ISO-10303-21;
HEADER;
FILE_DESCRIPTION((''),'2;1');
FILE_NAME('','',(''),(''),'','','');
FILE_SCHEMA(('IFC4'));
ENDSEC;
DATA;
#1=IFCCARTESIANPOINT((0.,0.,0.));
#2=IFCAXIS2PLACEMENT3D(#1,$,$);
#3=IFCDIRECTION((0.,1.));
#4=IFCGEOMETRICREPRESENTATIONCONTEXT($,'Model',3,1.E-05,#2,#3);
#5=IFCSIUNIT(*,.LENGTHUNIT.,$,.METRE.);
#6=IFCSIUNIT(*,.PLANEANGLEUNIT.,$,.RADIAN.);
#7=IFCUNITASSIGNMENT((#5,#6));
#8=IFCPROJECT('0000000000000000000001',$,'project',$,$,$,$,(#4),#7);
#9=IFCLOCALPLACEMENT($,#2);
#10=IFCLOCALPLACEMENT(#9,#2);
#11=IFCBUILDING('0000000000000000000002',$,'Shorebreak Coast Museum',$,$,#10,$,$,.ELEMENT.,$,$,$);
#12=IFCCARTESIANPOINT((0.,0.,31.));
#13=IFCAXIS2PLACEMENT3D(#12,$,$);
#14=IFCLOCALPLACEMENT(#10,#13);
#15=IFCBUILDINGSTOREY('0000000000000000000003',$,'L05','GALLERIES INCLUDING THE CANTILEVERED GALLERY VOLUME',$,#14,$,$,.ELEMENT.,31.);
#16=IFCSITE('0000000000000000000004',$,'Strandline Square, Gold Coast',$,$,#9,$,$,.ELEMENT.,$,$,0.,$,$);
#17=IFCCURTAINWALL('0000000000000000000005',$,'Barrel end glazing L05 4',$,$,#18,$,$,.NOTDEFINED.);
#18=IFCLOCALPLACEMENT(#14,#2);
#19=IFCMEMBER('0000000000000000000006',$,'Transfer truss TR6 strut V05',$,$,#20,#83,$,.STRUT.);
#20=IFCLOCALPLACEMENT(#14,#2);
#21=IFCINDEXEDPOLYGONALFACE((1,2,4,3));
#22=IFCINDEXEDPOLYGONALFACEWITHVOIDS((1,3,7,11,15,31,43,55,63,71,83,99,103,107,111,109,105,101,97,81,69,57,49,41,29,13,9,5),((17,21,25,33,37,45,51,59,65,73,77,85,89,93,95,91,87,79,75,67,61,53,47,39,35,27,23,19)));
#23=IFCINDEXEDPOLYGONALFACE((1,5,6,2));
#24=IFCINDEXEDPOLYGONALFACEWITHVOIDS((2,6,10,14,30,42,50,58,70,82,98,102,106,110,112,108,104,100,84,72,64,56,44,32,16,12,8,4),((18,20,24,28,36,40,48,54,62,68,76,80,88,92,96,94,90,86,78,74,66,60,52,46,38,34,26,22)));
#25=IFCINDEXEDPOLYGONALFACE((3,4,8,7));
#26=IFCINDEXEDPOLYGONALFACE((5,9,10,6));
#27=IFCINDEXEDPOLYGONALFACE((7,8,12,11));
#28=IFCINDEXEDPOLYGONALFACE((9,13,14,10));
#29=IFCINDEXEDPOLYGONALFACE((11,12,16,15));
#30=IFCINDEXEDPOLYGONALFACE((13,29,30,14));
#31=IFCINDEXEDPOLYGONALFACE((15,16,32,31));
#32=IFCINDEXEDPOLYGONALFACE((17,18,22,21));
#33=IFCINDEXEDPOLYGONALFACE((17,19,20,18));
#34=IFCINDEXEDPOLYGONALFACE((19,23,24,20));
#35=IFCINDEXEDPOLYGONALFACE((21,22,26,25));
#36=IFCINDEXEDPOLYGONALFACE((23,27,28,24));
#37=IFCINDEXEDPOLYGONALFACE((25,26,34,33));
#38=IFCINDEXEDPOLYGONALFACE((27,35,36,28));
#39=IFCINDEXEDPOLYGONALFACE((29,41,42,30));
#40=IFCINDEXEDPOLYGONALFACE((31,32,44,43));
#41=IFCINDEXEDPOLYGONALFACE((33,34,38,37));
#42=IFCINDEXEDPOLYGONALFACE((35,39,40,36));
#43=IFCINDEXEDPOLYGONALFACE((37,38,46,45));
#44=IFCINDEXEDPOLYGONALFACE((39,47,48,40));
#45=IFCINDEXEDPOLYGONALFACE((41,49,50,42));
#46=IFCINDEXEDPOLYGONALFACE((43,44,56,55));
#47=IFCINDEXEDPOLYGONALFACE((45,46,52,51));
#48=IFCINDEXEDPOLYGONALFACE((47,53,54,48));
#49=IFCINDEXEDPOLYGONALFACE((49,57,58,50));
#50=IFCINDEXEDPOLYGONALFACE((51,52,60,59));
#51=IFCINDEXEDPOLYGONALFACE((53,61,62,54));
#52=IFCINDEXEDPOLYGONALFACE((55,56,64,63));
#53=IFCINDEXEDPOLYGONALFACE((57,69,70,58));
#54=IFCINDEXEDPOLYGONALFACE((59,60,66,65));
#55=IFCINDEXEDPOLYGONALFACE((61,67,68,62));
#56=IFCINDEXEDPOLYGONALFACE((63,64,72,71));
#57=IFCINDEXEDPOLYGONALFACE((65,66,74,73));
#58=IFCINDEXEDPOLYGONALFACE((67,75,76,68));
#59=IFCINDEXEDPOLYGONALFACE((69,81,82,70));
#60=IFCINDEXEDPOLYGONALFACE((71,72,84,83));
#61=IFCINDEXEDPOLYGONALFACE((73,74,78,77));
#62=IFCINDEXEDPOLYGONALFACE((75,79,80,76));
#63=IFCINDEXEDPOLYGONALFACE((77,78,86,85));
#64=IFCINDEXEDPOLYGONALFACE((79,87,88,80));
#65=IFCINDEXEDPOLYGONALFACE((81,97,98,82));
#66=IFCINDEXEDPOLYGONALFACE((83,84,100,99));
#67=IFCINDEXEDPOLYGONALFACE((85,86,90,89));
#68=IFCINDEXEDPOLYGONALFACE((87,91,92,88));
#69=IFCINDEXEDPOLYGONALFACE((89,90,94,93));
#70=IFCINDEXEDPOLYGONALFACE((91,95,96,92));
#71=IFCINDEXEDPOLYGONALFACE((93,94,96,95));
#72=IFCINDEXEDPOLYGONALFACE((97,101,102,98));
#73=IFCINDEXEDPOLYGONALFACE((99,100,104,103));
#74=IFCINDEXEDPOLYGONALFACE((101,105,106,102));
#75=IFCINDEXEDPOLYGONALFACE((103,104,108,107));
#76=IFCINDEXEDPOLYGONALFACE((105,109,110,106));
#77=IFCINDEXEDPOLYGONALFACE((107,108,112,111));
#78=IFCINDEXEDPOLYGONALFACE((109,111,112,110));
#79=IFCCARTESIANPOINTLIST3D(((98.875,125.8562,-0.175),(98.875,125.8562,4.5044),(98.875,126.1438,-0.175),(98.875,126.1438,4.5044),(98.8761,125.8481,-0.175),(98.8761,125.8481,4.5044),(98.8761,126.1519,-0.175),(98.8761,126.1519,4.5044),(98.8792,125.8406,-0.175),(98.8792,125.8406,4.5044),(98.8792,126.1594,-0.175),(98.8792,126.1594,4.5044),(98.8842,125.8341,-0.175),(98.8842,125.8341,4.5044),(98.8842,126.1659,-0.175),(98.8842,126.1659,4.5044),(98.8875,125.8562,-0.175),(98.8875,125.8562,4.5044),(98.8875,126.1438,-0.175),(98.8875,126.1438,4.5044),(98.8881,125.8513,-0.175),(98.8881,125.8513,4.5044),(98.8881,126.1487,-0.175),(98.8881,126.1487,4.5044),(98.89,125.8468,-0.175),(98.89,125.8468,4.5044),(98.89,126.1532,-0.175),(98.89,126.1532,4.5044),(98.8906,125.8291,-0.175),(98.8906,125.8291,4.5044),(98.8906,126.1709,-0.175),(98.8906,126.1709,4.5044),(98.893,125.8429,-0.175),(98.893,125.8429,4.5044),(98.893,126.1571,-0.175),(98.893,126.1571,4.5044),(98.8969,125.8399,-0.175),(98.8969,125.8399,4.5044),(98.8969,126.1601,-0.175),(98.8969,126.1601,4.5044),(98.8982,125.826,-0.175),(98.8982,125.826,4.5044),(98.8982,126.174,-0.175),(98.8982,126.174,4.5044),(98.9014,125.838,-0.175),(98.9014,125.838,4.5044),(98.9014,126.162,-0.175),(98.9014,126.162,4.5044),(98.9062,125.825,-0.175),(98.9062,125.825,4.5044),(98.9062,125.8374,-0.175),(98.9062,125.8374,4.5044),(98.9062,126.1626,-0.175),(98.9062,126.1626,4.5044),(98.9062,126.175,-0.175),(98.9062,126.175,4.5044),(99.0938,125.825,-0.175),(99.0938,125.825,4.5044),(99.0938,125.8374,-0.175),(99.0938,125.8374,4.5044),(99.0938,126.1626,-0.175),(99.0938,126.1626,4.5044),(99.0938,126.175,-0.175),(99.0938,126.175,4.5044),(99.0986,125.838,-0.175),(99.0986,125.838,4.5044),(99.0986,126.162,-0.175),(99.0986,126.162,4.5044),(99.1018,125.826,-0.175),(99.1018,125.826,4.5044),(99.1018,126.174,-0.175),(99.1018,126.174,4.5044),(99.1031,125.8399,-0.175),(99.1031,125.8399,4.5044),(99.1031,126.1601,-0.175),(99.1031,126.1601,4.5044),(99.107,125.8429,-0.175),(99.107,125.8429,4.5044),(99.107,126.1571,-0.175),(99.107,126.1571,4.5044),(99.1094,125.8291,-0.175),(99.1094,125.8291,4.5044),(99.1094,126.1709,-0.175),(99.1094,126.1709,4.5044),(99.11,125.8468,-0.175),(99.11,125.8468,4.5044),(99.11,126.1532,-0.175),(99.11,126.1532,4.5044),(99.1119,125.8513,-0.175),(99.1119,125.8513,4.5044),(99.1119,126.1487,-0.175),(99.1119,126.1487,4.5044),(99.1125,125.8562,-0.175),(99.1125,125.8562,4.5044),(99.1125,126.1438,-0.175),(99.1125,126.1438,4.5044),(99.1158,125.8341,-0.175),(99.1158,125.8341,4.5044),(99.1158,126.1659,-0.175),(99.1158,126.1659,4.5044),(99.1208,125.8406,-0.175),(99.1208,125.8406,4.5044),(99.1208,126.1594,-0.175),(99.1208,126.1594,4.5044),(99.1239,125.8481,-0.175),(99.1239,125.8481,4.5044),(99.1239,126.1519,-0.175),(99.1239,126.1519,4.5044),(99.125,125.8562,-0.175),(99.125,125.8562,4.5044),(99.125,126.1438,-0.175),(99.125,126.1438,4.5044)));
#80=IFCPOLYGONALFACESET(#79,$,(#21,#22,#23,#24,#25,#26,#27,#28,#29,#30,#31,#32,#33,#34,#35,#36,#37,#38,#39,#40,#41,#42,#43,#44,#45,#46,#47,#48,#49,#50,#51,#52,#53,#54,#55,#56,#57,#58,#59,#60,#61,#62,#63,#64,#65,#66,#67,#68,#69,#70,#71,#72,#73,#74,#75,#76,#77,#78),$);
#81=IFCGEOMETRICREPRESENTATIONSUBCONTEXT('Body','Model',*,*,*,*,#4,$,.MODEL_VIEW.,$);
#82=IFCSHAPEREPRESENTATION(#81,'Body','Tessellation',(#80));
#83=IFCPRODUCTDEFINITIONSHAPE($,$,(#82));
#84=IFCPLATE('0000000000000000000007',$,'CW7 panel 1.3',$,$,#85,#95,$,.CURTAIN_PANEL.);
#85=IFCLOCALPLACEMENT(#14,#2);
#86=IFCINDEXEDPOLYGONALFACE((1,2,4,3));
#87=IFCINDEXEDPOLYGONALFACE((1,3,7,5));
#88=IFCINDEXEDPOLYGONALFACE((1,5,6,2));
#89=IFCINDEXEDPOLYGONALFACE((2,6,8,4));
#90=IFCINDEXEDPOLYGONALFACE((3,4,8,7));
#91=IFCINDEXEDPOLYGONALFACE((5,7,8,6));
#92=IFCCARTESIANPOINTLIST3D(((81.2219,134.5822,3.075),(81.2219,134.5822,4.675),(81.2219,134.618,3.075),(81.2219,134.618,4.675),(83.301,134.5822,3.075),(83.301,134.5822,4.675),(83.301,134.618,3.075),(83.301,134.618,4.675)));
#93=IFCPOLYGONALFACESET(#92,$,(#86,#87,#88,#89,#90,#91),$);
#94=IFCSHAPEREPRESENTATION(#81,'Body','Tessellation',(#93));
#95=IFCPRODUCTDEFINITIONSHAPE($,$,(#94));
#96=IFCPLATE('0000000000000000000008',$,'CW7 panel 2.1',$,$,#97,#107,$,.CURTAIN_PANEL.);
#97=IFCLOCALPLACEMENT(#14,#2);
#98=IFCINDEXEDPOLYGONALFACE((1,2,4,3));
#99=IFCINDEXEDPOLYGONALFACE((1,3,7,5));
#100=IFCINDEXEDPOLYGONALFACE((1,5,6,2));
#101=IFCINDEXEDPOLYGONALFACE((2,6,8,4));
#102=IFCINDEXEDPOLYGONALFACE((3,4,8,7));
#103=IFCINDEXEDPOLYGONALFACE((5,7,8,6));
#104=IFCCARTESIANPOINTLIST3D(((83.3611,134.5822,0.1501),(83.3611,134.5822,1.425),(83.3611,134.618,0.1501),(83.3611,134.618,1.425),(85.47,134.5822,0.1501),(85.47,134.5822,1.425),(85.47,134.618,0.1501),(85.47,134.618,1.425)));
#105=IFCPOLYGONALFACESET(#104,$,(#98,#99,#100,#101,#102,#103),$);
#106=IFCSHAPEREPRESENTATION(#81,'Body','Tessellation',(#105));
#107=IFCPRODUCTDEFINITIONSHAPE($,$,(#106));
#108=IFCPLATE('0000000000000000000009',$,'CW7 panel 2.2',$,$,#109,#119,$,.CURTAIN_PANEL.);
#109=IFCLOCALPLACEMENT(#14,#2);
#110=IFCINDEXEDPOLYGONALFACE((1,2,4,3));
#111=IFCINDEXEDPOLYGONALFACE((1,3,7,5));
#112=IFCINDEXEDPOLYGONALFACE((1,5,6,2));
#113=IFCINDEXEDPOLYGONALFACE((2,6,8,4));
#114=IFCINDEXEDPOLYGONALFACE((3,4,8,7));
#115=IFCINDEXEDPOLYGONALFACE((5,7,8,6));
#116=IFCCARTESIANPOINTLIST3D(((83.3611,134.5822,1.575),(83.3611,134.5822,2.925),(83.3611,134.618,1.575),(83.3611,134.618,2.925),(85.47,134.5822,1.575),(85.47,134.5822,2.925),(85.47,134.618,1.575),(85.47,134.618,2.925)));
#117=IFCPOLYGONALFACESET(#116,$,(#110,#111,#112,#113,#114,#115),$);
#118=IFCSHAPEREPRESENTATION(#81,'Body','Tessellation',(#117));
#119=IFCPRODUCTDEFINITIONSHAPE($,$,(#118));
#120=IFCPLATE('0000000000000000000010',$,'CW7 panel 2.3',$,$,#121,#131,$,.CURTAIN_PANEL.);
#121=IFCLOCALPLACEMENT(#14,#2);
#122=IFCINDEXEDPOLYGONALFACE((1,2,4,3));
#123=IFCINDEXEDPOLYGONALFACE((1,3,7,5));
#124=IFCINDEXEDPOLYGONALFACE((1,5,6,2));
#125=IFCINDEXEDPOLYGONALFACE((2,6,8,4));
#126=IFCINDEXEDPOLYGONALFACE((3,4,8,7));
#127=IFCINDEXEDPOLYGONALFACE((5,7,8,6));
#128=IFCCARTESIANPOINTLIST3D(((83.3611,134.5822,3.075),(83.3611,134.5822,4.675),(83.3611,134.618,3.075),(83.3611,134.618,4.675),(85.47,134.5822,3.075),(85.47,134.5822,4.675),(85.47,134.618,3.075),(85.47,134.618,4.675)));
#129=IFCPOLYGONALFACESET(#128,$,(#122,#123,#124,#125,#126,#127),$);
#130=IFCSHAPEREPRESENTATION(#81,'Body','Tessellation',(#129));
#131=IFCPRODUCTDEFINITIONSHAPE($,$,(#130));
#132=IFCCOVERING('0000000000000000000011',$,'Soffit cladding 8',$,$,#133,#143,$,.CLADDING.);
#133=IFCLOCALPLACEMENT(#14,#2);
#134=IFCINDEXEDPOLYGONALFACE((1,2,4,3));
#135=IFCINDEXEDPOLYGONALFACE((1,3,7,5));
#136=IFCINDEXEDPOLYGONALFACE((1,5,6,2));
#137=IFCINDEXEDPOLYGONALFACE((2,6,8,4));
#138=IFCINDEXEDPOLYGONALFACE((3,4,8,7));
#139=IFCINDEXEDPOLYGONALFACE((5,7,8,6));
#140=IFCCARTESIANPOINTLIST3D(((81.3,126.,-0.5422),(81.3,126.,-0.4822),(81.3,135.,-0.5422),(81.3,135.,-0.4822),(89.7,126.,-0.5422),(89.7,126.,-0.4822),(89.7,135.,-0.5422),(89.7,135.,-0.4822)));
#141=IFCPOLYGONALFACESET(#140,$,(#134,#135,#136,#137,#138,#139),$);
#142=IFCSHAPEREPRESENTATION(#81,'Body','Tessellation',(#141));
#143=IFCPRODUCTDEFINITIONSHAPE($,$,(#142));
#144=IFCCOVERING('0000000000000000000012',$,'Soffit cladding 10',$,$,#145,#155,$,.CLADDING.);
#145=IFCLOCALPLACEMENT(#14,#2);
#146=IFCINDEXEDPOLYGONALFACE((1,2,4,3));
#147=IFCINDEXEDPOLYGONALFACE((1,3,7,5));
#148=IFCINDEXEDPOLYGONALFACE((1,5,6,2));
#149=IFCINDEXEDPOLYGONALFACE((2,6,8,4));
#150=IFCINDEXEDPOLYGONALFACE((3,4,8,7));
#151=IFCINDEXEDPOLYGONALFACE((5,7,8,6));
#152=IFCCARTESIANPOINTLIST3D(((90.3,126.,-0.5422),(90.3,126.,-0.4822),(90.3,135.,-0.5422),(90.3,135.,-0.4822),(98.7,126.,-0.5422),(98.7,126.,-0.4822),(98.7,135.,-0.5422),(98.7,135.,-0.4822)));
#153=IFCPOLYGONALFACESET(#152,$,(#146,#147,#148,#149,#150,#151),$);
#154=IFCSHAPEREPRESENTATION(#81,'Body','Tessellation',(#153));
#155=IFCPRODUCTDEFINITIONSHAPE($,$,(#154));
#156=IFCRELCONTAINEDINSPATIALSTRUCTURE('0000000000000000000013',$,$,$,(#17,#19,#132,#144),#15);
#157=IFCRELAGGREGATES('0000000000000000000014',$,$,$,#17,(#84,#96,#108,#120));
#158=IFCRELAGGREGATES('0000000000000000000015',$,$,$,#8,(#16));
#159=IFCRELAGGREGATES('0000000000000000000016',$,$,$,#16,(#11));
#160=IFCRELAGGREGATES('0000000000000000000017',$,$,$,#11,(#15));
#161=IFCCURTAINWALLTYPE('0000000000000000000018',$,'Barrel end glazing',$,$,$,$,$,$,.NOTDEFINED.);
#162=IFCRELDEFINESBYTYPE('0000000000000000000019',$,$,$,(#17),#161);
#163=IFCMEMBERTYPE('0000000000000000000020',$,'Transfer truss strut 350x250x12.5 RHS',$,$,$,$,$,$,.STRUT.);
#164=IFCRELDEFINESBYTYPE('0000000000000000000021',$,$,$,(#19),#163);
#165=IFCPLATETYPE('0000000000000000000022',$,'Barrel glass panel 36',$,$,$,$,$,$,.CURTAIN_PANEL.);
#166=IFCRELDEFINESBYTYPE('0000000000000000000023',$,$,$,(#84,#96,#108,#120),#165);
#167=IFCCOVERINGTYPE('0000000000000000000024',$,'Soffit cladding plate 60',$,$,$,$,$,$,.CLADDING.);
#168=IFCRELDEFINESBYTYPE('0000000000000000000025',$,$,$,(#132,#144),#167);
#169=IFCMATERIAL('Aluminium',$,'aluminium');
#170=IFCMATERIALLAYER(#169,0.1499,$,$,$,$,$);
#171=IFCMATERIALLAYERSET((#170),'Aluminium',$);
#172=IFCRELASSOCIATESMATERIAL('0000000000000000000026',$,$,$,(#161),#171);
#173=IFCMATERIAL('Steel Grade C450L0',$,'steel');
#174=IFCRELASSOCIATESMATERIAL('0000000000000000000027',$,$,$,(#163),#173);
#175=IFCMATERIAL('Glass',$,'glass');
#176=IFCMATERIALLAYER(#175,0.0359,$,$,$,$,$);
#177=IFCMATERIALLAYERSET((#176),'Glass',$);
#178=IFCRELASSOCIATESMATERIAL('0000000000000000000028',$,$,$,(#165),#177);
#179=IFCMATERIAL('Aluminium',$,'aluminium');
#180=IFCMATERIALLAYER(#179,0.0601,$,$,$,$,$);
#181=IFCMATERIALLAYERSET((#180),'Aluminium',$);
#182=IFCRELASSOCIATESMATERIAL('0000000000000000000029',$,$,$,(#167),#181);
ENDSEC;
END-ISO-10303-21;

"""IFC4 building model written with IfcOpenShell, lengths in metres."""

from ifc_helpers import new_model, si_unit, direction, frame, origin, origin_2d, place, context, subcontext, project, spatial, rectangle, hollow_rectangle, extrude, material, layer, layer_set, material_profile, profile_set, type_object, element, aggregate, save


model = new_model("IFC4")

# Units and contexts
model_context = context("Model", 3, precision=1e-05, world=origin(), true_north=direction((0.0, 1.0)))
body_context = subcontext(model_context, "Body", "Model", "MODEL_VIEW")
ifc_project = project(units=[si_unit("LENGTHUNIT", "METRE"), si_unit("PLANEANGLEUNIT", "RADIAN")], contexts=[model_context])

# Site, building, storey
site_placement = place(None, origin())
site = spatial("IfcSite", under=ifc_project, at=site_placement, Name="Strandline Square, Gold Coast", CompositionType="ELEMENT", RefElevation=0.0)
building_placement = place(site_placement, origin())
building = spatial("IfcBuilding", under=site, at=building_placement, Name="Shorebreak Coast Museum", CompositionType="ELEMENT")
storey_placement = place(building_placement, frame((0.0, 0.0, 31.0)))
storey = spatial("IfcBuildingStorey", under=building, at=storey_placement, Name="L05", Description="GALLERIES INCLUDING THE CANTILEVERED GALLERY VOLUME", CompositionType="ELEMENT", Elevation=31.0)

# Curtain wall
ifc_material_1 = material(Name="Aluminium", Category="aluminium")
ifc_layer_1 = layer(ifc_material_1, 0.1499)
ifc_layer_set_1 = layer_set([ifc_layer_1], Name="Aluminium")
curtain_wall_type = type_object("IfcCurtainWallType", Name="Barrel end glazing", PredefinedType="NOTDEFINED", material=ifc_layer_set_1)
curtain_wall_placement = place(storey_placement, origin())
curtain_wall = element("IfcCurtainWall", 1, at=curtain_wall_placement, inside=storey, type_object=curtain_wall_type, Name="Barrel end glazing L05 4", PredefinedType="NOTDEFINED")

# Member
ifc_material_2 = material(Name="Steel Grade C450L0", Category="steel")
ifc_material_profile_1 = material_profile(ifc_material_2, hollow_rectangle(XDim=0.25, YDim=0.3501, WallThickness=0.0125, InnerFilletRadius=0.0188, OuterFilletRadius=0.0312, at=origin_2d()), Name="350x250x12.5 RHS")
ifc_profile_set_1 = profile_set([ifc_material_profile_1], Name="Steel Grade C450L0")
member_type_1 = type_object("IfcMemberType", Name="Transfer truss strut 350x250x12.5 RHS", PredefinedType="STRUT", material=ifc_profile_set_1)
member_1_placement = place(storey_placement, frame((99.0, 126.0, -0.175), z_axis=(0.0, 0.0, 1.0), x_axis=(1.0, 0.0, 0.0)))
element("IfcMember", 2, at=member_1_placement, inside=storey, type_object=member_type_1, Name="Transfer truss TR6 strut V05", PredefinedType="STRUT", context=body_context, shape_type="SweptSolid", body=[
    extrude(hollow_rectangle(XDim=0.25, YDim=0.3501, WallThickness=0.0125, InnerFilletRadius=0.0188, OuterFilletRadius=0.0312, at=origin_2d()), origin(), (0.0, 0.0, 1.0), 4.6794),
])

# Plates
ifc_material_3 = material(Name="Glass", Category="glass")
ifc_layer_2 = layer(ifc_material_3, 0.0359)
ifc_layer_set_2 = layer_set([ifc_layer_2], Name="Glass")
plate_type = type_object("IfcPlateType", Name="Barrel glass panel 36", PredefinedType="CURTAIN_PANEL", material=ifc_layer_set_2)
plate_1_placement = place(storey_placement, frame((82.2615, 134.6001, 3.075), z_axis=(0.0, 0.0, 1.0), x_axis=(1.0, 0.0, 0.0)))
plate_1 = element("IfcPlate", 3, at=plate_1_placement, type_object=plate_type, Name="CW7 panel 1.3", PredefinedType="CURTAIN_PANEL", context=body_context, shape_type="SweptSolid", body=[
    extrude(rectangle(XDim=2.0791, YDim=0.0359, at=origin_2d()), origin(), (0.0, 0.0, 1.0), 1.6001),
])
plate_2_placement = place(storey_placement, frame((84.4155, 134.6001, 0.1501), z_axis=(0.0, 0.0, 1.0), x_axis=(1.0, 0.0, 0.0)))
plate_2 = element("IfcPlate", 4, at=plate_2_placement, type_object=plate_type, Name="CW7 panel 2.1", PredefinedType="CURTAIN_PANEL", context=body_context, shape_type="SweptSolid", body=[
    extrude(rectangle(XDim=2.1089, YDim=0.0359, at=origin_2d()), origin(), (0.0, 0.0, 1.0), 1.2749),
])
plate_3_placement = place(storey_placement, frame((84.4155, 134.6001, 1.575), z_axis=(0.0, 0.0, 1.0), x_axis=(1.0, 0.0, 0.0)))
plate_3 = element("IfcPlate", 5, at=plate_3_placement, type_object=plate_type, Name="CW7 panel 2.2", PredefinedType="CURTAIN_PANEL", context=body_context, shape_type="SweptSolid", body=[
    extrude(rectangle(XDim=2.1089, YDim=0.0359, at=origin_2d()), origin(), (0.0, 0.0, 1.0), 1.3501),
])
plate_4_placement = place(storey_placement, frame((84.4155, 134.6001, 3.075), z_axis=(0.0, 0.0, 1.0), x_axis=(1.0, 0.0, 0.0)))
plate_4 = element("IfcPlate", 6, at=plate_4_placement, type_object=plate_type, Name="CW7 panel 2.3", PredefinedType="CURTAIN_PANEL", context=body_context, shape_type="SweptSolid", body=[
    extrude(rectangle(XDim=2.1089, YDim=0.0359, at=origin_2d()), origin(), (0.0, 0.0, 1.0), 1.6001),
])
aggregate(curtain_wall, [plate_1, plate_2, plate_3, plate_4])

# Coverings
ifc_material_4 = material(Name="Aluminium", Category="aluminium")
ifc_layer_3 = layer(ifc_material_4, 0.0601)
ifc_layer_set_3 = layer_set([ifc_layer_3], Name="Aluminium")
covering_type = type_object("IfcCoveringType", Name="Soffit cladding plate 60", PredefinedType="CLADDING", material=ifc_layer_set_3)
for number, where, z_axis, x_axis, name in (
    (7, (85.5, 130.5, -0.5422), (0.0, 0.0, 1.0), (1.0, 0.0, 0.0), "Soffit cladding 8"),
    (8, (94.5, 130.5, -0.5422), (0.0, 0.0, 1.0), (1.0, 0.0, 0.0), "Soffit cladding 10"),
):
    element("IfcCovering", number, at=place(storey_placement, frame(where, z_axis=z_axis, x_axis=x_axis)), inside=storey, type_object=covering_type, Name=name, PredefinedType="CLADDING", context=body_context, shape_type="SweptSolid", body=[
        extrude(rectangle(XDim=8.3999, YDim=9.0, at=origin_2d()), origin(), (0.0, 0.0, 1.0), 0.0601),
    ])

save(model, "model.ifc")
